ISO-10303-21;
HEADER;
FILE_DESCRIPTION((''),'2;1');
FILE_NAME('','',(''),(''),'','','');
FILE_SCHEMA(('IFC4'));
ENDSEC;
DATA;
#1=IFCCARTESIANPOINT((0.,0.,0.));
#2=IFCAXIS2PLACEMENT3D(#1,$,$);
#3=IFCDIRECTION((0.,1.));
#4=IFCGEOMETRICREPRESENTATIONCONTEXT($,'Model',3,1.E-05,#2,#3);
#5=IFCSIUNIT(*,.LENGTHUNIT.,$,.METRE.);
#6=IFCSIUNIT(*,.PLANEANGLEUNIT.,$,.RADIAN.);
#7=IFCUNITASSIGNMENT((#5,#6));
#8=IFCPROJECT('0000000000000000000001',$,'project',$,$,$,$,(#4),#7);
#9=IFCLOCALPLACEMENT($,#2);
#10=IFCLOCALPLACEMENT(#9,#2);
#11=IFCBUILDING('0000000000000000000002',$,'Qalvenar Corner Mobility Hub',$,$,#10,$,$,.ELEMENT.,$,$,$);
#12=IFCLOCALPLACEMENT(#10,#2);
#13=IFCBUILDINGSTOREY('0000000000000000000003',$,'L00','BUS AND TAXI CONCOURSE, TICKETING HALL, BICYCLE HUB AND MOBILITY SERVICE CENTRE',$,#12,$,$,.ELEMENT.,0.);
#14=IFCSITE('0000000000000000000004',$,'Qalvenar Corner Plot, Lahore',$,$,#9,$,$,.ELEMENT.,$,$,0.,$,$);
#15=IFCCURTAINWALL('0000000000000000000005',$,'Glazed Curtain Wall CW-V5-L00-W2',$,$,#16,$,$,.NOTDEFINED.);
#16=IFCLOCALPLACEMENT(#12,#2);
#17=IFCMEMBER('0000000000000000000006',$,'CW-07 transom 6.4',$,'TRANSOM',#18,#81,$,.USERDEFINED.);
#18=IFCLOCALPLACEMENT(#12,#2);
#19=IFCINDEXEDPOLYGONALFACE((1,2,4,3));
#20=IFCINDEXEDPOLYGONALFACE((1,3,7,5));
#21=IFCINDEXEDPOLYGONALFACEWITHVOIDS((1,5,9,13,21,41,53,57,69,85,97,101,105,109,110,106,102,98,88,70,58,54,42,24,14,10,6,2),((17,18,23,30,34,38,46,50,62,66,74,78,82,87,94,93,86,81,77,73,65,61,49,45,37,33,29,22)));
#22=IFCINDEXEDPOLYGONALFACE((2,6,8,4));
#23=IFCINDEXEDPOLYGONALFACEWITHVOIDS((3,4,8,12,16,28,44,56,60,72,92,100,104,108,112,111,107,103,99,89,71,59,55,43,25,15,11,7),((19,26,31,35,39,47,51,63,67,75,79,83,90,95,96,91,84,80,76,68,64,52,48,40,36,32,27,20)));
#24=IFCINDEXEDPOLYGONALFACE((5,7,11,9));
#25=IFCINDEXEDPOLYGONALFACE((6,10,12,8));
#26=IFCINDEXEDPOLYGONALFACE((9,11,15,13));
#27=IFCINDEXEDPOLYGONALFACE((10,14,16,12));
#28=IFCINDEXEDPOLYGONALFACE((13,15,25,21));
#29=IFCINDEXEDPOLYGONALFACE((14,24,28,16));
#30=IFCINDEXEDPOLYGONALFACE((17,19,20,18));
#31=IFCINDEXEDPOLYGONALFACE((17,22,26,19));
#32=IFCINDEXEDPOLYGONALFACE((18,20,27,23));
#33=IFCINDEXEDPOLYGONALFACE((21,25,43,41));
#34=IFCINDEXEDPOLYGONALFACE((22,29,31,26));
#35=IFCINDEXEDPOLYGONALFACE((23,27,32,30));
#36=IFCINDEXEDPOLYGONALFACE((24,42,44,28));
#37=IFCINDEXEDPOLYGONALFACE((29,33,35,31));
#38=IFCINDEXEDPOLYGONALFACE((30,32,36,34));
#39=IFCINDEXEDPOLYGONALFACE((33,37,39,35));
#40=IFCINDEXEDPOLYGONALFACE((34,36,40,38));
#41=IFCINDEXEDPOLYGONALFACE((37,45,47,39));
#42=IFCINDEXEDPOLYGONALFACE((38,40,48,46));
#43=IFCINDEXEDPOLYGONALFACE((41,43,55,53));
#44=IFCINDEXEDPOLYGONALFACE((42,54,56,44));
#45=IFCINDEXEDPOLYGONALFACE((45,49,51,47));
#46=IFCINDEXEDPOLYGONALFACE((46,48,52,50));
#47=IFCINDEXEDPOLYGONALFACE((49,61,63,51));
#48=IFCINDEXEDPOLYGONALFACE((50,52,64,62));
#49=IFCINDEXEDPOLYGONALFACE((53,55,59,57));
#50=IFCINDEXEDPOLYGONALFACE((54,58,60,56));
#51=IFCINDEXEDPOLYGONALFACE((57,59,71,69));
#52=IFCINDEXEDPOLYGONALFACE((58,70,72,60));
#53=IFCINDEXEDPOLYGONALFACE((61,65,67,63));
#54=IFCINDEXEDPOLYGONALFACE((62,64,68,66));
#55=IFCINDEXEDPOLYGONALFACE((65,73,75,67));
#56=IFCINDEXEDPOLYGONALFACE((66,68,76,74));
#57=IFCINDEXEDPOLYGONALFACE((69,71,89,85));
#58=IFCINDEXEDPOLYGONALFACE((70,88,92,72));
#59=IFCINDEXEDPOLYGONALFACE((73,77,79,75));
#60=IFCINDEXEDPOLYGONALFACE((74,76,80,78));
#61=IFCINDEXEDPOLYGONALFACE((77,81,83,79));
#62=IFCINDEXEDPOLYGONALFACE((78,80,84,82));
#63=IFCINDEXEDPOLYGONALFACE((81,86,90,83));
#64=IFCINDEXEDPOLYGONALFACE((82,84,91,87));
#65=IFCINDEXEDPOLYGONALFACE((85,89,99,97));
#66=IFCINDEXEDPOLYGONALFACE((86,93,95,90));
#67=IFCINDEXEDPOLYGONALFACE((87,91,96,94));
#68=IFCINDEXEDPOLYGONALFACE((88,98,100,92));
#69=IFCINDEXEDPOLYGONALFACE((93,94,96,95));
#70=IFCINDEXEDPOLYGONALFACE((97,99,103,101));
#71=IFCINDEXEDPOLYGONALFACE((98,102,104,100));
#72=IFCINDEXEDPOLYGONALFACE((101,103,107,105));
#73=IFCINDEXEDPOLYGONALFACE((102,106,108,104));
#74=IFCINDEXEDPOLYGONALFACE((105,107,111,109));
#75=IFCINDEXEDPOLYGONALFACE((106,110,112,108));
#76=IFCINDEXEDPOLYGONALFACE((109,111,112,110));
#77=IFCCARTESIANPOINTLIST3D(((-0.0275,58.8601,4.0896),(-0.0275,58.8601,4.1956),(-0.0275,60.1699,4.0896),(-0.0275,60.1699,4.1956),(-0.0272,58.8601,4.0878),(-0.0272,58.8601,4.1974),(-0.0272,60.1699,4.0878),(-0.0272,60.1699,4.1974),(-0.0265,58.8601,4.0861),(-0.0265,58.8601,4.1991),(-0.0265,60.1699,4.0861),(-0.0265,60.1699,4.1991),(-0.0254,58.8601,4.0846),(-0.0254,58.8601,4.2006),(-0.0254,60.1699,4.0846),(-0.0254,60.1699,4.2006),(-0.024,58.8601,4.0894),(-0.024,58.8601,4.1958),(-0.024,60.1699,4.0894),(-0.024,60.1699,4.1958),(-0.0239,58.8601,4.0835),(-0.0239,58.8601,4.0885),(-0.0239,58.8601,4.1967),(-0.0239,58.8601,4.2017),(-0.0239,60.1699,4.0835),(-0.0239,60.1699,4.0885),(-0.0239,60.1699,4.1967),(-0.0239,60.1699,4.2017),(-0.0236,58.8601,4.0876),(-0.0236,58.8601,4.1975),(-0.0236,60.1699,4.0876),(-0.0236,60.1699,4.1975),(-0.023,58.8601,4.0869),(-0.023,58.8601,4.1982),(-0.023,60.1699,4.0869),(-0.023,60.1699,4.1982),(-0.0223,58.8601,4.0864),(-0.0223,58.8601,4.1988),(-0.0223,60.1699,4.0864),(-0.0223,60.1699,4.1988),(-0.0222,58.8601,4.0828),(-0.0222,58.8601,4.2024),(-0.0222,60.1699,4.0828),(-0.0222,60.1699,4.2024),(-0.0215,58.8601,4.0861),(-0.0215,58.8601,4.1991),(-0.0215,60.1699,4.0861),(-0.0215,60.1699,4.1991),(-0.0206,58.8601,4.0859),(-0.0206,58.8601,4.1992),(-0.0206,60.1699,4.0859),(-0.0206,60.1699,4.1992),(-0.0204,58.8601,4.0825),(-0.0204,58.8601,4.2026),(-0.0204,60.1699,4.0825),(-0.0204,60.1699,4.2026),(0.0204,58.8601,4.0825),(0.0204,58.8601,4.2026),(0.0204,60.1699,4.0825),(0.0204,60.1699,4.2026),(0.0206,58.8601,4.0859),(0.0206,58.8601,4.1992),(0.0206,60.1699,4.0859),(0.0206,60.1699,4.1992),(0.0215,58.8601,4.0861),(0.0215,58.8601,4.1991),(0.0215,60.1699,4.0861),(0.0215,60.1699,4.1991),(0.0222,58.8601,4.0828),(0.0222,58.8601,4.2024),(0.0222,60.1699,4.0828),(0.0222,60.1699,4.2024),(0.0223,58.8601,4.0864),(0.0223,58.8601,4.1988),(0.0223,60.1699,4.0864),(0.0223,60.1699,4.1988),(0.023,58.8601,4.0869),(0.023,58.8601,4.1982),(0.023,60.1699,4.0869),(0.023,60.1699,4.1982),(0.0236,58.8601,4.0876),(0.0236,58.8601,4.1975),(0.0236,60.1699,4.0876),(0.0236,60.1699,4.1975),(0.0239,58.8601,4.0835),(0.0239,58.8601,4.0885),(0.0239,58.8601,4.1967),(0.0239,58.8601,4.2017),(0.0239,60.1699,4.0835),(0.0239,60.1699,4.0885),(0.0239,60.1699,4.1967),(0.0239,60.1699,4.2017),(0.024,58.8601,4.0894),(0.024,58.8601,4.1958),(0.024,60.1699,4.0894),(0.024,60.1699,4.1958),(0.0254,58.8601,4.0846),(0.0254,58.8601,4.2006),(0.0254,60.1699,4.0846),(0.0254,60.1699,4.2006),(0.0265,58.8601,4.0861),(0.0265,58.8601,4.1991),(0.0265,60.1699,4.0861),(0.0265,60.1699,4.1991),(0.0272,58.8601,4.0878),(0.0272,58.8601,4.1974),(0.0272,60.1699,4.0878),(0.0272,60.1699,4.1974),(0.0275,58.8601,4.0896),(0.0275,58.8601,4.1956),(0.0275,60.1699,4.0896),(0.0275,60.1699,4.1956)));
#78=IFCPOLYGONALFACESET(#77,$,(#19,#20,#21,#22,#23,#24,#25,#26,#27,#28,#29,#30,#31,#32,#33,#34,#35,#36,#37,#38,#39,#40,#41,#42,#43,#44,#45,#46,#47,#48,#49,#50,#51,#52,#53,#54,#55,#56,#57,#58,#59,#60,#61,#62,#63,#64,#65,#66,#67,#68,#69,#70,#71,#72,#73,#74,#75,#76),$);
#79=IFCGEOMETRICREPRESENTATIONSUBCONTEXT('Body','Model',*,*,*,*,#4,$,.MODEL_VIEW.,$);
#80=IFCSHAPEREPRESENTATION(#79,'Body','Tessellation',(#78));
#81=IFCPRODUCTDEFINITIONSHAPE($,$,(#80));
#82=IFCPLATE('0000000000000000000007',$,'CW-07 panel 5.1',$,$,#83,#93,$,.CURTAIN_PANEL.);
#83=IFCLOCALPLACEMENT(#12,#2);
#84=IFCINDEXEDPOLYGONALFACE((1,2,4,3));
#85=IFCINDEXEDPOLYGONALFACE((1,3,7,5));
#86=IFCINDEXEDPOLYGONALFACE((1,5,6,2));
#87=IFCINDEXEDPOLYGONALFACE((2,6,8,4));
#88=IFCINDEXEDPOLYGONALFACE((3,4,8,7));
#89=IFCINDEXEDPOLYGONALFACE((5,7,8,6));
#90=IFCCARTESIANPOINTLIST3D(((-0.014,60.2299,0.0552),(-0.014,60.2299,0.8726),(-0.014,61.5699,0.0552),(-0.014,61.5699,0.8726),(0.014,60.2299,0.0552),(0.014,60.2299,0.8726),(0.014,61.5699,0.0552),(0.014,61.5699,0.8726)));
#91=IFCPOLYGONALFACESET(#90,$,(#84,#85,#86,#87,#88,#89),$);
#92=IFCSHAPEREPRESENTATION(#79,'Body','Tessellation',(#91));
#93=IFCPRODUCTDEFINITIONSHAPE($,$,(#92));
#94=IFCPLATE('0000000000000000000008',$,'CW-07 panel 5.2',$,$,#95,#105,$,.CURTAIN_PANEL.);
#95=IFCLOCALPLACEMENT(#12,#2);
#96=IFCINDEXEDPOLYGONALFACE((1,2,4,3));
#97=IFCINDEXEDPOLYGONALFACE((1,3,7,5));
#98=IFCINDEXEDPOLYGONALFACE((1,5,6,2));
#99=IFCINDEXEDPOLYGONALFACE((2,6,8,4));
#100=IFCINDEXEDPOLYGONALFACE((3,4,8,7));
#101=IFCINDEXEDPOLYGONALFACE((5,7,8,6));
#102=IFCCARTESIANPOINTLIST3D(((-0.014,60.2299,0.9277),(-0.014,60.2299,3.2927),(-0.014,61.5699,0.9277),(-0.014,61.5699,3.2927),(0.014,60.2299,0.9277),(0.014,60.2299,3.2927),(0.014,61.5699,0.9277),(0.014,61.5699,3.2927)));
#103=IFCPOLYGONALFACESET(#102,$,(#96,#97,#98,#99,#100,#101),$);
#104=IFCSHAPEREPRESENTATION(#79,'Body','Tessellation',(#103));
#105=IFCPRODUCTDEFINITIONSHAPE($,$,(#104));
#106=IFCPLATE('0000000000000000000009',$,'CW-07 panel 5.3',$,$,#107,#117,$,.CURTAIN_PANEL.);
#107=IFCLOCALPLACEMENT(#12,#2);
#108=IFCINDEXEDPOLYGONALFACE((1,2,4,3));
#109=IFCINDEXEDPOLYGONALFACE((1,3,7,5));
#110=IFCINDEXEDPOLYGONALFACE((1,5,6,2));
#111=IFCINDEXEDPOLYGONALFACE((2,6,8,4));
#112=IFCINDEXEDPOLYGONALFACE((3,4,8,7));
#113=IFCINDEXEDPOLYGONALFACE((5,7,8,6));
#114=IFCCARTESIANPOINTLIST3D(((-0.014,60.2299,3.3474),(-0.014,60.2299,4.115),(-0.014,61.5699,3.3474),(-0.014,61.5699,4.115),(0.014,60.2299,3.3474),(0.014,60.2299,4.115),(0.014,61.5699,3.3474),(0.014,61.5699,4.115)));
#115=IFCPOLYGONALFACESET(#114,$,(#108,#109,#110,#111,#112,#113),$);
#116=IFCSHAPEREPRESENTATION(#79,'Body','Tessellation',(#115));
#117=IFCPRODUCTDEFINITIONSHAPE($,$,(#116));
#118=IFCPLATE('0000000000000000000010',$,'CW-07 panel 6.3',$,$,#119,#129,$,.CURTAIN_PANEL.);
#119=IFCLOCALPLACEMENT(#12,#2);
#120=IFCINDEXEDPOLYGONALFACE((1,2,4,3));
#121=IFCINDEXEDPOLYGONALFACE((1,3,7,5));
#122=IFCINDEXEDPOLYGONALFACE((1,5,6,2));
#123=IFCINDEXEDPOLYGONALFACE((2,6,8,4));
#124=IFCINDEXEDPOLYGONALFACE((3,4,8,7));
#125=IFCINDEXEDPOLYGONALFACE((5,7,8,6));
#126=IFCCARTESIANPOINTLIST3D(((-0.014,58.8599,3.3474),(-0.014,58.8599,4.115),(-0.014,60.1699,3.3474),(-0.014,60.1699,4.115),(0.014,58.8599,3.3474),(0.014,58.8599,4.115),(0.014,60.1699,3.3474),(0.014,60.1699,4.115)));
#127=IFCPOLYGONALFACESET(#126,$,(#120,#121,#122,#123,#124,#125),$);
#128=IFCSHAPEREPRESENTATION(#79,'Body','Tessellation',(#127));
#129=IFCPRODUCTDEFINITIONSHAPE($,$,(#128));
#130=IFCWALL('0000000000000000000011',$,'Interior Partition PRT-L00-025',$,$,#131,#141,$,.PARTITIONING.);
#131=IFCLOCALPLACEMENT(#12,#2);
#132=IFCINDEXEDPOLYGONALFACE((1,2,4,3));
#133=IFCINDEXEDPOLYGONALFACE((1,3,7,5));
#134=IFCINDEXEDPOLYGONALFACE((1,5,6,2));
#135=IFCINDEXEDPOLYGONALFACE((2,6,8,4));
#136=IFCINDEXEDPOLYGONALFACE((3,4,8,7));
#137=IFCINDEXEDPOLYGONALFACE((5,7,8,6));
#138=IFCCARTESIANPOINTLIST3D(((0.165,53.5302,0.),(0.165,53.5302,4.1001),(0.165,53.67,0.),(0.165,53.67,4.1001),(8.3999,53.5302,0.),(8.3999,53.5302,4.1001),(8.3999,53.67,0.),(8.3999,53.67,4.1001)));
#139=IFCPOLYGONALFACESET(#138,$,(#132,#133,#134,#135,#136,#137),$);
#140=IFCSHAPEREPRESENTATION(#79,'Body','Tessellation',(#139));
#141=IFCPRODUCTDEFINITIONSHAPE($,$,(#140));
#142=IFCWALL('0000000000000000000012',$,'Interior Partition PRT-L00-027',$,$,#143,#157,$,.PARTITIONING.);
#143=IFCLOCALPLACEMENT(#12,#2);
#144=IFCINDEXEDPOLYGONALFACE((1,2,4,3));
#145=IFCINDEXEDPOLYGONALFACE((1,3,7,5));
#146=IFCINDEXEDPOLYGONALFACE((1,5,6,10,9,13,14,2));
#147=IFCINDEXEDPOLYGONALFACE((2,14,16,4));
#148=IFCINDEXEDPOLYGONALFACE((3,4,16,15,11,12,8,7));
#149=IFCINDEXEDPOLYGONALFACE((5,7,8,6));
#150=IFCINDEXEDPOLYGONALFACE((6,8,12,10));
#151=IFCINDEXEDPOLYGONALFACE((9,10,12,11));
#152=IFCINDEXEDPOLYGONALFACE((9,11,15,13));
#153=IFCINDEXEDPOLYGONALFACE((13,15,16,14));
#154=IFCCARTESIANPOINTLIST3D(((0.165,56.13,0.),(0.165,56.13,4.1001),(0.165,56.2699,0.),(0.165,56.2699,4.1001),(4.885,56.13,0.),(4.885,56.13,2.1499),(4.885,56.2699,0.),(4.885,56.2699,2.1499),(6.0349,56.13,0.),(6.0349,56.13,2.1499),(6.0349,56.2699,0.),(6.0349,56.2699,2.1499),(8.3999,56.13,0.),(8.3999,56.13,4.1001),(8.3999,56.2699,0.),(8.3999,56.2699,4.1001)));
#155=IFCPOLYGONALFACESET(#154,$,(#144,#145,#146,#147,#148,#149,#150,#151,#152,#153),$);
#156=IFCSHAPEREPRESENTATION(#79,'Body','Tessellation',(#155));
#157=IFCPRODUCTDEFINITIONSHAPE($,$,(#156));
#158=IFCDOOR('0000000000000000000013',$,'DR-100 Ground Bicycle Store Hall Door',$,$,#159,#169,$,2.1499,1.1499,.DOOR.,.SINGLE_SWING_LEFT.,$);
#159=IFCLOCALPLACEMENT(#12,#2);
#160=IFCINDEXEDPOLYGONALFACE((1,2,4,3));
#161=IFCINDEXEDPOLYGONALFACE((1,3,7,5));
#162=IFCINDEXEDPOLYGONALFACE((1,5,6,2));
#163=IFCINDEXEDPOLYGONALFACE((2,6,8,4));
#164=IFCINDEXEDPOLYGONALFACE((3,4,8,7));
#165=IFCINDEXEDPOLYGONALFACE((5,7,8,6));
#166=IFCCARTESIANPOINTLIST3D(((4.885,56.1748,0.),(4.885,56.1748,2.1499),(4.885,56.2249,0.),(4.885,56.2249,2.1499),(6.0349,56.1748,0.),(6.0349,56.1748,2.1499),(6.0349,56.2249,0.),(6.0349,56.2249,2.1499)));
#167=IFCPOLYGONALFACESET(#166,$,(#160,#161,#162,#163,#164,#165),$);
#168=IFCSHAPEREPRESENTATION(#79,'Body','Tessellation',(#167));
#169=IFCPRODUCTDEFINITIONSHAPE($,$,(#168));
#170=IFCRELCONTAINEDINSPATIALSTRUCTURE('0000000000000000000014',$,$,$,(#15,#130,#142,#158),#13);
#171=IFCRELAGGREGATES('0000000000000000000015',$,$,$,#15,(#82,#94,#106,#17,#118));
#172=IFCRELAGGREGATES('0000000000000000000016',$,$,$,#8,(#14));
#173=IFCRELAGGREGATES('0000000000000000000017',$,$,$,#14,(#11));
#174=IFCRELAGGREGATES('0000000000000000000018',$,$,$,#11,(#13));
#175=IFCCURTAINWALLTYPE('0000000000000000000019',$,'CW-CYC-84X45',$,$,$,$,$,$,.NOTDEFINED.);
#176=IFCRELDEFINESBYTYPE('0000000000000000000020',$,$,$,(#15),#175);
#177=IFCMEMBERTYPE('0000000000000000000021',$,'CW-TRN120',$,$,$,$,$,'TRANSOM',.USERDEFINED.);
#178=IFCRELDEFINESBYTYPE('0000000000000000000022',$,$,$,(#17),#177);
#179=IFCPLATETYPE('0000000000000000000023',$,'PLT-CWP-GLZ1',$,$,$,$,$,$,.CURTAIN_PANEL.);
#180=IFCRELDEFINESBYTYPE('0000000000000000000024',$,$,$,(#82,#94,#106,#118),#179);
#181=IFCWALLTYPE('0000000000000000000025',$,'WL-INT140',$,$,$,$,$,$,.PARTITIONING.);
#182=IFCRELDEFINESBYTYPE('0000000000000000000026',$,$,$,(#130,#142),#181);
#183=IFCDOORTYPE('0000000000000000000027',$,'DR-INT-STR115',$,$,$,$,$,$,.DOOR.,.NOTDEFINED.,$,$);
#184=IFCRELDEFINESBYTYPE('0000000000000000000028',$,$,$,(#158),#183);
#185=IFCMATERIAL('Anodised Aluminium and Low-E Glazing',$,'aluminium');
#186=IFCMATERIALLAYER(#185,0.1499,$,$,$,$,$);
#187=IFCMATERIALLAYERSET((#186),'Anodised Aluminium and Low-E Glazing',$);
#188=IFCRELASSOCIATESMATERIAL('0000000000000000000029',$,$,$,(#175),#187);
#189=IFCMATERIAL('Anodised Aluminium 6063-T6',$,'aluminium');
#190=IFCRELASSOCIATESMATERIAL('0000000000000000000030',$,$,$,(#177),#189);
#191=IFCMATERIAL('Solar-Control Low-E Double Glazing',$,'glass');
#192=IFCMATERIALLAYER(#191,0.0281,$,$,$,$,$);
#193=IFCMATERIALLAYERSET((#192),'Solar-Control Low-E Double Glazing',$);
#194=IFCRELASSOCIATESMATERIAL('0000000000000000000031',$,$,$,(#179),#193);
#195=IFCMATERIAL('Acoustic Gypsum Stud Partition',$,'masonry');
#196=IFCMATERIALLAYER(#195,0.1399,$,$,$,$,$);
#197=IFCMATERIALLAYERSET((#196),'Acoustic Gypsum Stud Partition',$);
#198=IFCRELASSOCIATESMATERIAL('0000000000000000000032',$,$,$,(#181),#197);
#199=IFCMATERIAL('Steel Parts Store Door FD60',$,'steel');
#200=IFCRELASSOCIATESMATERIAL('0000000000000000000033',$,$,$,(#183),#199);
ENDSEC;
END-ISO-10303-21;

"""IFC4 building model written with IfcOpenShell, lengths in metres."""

from ifc_helpers import new_model, si_unit, direction, frame, frame_2d, origin, origin_2d, place, context, subcontext, project, spatial, rectangle, hollow_rectangle, extrude, material, layer, layer_set, material_profile, profile_set, type_object, element, fill, aggregate, save


model = new_model("IFC4")

# Units and contexts
model_context = context("Model", 3, precision=1e-05, world=origin(), true_north=direction((0.0, 1.0)))
body_context = subcontext(model_context, "Body", "Model", "MODEL_VIEW")
ifc_project = project(units=[si_unit("LENGTHUNIT", "METRE"), si_unit("PLANEANGLEUNIT", "RADIAN")], contexts=[model_context])

# Site, building, storey
site_placement = place(None, origin())
site = spatial("IfcSite", under=ifc_project, at=site_placement, Name="Qalvenar Corner Plot, Lahore", CompositionType="ELEMENT", RefElevation=0.0)
building_placement = place(site_placement, origin())
building = spatial("IfcBuilding", under=site, at=building_placement, Name="Qalvenar Corner Mobility Hub", CompositionType="ELEMENT")
storey_placement = place(building_placement, origin())
storey = spatial("IfcBuildingStorey", under=building, at=storey_placement, Name="L00", Description="BUS AND TAXI CONCOURSE, TICKETING HALL, BICYCLE HUB AND MOBILITY SERVICE CENTRE", CompositionType="ELEMENT", Elevation=0.0)

# Curtain wall, member, plates
ifc_material_1 = material(Name="Anodised Aluminium and Low-E Glazing", Category="aluminium")
ifc_layer_1 = layer(ifc_material_1, 0.1499)
ifc_layer_set_1 = layer_set([ifc_layer_1], Name="Anodised Aluminium and Low-E Glazing")
curtain_wall_type = type_object("IfcCurtainWallType", Name="CW-CYC-84X45", PredefinedType="NOTDEFINED", material=ifc_layer_set_1)
curtain_wall_placement = place(storey_placement, origin())
curtain_wall = element("IfcCurtainWall", 1, at=curtain_wall_placement, inside=storey, type_object=curtain_wall_type, Name="Glazed Curtain Wall CW-V5-L00-W2", PredefinedType="NOTDEFINED")
ifc_material_2 = material(Name="Anodised Aluminium 6063-T6", Category="aluminium")
ifc_material_profile_1 = material_profile(ifc_material_2, hollow_rectangle(XDim=0.0549, YDim=0.1201, WallThickness=0.0034, InnerFilletRadius=0.0034, OuterFilletRadius=0.0071, at=origin_2d()), Name="RHS120x55x3.5")
ifc_profile_set_1 = profile_set([ifc_material_profile_1], Name="Anodised Aluminium 6063-T6")
member_type_1 = type_object("IfcMemberType", Name="CW-TRN120", ElementType="TRANSOM", PredefinedType="USERDEFINED", material=ifc_profile_set_1)
member_1_placement = place(storey_placement, frame((0.0, 60.1699, 4.1426), z_axis=(0.0, -1.0, 0.0), x_axis=(1.0, 0.0, 0.0)))
member_1 = element("IfcMember", 2, at=member_1_placement, type_object=member_type_1, Name="CW-07 transom 6.4", ObjectType="TRANSOM", PredefinedType="USERDEFINED", context=body_context, shape_type="SweptSolid", body=[
    extrude(hollow_rectangle(XDim=0.0549, YDim=0.1201, WallThickness=0.0034, InnerFilletRadius=0.0034, OuterFilletRadius=0.0071, at=origin_2d()), origin(), (0.0, 0.0, 1.0), 1.3098),
])
ifc_material_3 = material(Name="Solar-Control Low-E Double Glazing", Category="glass")
ifc_layer_2 = layer(ifc_material_3, 0.0281)
ifc_layer_set_2 = layer_set([ifc_layer_2], Name="Solar-Control Low-E Double Glazing")
plate_type = type_object("IfcPlateType", Name="PLT-CWP-GLZ1", PredefinedType="CURTAIN_PANEL", material=ifc_layer_set_2)
plate_1_placement = place(storey_placement, frame((0.0, 60.8999, 0.0552), z_axis=(0.0, 0.0, 1.0), x_axis=(0.0, -1.0, 0.0)))
plate_1 = element("IfcPlate", 3, at=plate_1_placement, type_object=plate_type, Name="CW-07 panel 5.1", PredefinedType="CURTAIN_PANEL", context=body_context, shape_type="SweptSolid", body=[
    extrude(rectangle(XDim=1.3401, YDim=0.0281, at=origin_2d()), origin(), (0.0, 0.0, 1.0), 0.8174),
])
plate_2_placement = place(storey_placement, frame((0.0, 60.8999, 0.9277), z_axis=(0.0, 0.0, 1.0), x_axis=(0.0, -1.0, 0.0)))
plate_2 = element("IfcPlate", 4, at=plate_2_placement, type_object=plate_type, Name="CW-07 panel 5.2", PredefinedType="CURTAIN_PANEL", context=body_context, shape_type="SweptSolid", body=[
    extrude(rectangle(XDim=1.3401, YDim=0.0281, at=origin_2d()), origin(), (0.0, 0.0, 1.0), 2.365),
])
plate_3_placement = place(storey_placement, frame((0.0, 60.8999, 3.3474), z_axis=(0.0, 0.0, 1.0), x_axis=(0.0, -1.0, 0.0)))
plate_3 = element("IfcPlate", 5, at=plate_3_placement, type_object=plate_type, Name="CW-07 panel 5.3", PredefinedType="CURTAIN_PANEL", context=body_context, shape_type="SweptSolid", body=[
    extrude(rectangle(XDim=1.3401, YDim=0.0281, at=origin_2d()), origin(), (0.0, 0.0, 1.0), 0.7676),
])
plate_4_placement = place(storey_placement, frame((0.0, 59.5149, 3.3474), z_axis=(0.0, 0.0, 1.0), x_axis=(0.0, -1.0, 0.0)))
plate_4 = element("IfcPlate", 6, at=plate_4_placement, type_object=plate_type, Name="CW-07 panel 6.3", PredefinedType="CURTAIN_PANEL", context=body_context, shape_type="SweptSolid", body=[
    extrude(rectangle(XDim=1.3101, YDim=0.0281, at=origin_2d()), origin(), (0.0, 0.0, 1.0), 0.7676),
])
aggregate(curtain_wall, [plate_1, plate_2, plate_3, member_1, plate_4])

# Wall
ifc_material_4 = material(Name="Acoustic Gypsum Stud Partition", Category="masonry")
ifc_layer_3 = layer(ifc_material_4, 0.1399)
ifc_layer_set_3 = layer_set([ifc_layer_3], Name="Acoustic Gypsum Stud Partition")
wall_type_1 = type_object("IfcWallType", Name="WL-INT140", PredefinedType="PARTITIONING", material=ifc_layer_set_3)
wall_1_placement = place(storey_placement, frame((0.165, 53.6001, 0.0), z_axis=(0.0, 0.0, 1.0), x_axis=(1.0, 0.0, 0.0)))
element("IfcWall", 7, at=wall_1_placement, inside=storey, type_object=wall_type_1, Name="Interior Partition PRT-L00-025", PredefinedType="PARTITIONING", context=body_context, shape_type="SweptSolid", body=[
    extrude(rectangle(XDim=8.2349, YDim=0.1399, at=frame_2d((4.1174, 0.0))), origin(), (0.0, 0.0, 1.0), 4.1001),
])

# Wall, opening, door
wall_2_placement = place(storey_placement, frame((0.165, 56.2, 0.0), z_axis=(0.0, 0.0, 1.0), x_axis=(1.0, 0.0, 0.0)))
wall_2 = element("IfcWall", 8, at=wall_2_placement, inside=storey, type_object=wall_type_1, Name="Interior Partition PRT-L00-027", PredefinedType="PARTITIONING", context=body_context, shape_type="SweptSolid", body=[
    extrude(rectangle(XDim=8.2349, YDim=0.1399, at=frame_2d((4.1174, 0.0))), origin(), (0.0, 0.0, 1.0), 4.1001),
])
opening_1_placement = place(wall_2_placement, frame((4.72, 0.0, 0.0)))
opening_1 = element("IfcOpeningElement", 9, at=opening_1_placement, cuts=wall_2, PredefinedType="OPENING", context=body_context, shape_type="SweptSolid", body=[
    extrude(rectangle(XDim=1.1499, YDim=2.1499, at=frame_2d((0.575, 1.075))), frame((0.0, 0.0801, 0.0), z_axis=(0.0, -1.0, 0.0), x_axis=(1.0, 0.0, 0.0)), (0.0, 0.0, 1.0), 0.1599),
])
ifc_material_5 = material(Name="Steel Parts Store Door FD60", Category="steel")
door_type_1 = type_object("IfcDoorType", Name="DR-INT-STR115", OperationType="NOTDEFINED", PredefinedType="DOOR", material=ifc_material_5)
door_1_placement = place(opening_1_placement, origin())
door_1 = element("IfcDoor", 10, at=door_1_placement, inside=storey, type_object=door_type_1, Name="DR-100 Ground Bicycle Store Hall Door", OperationType="SINGLE_SWING_LEFT", OverallHeight=2.1499, OverallWidth=1.1499, PredefinedType="DOOR", context=body_context, shape_type="SweptSolid", body=[
    extrude(rectangle(XDim=1.1499, YDim=2.1499, at=frame_2d((0.575, 1.075))), frame((0.0, 0.0249, 0.0), z_axis=(0.0, -1.0, 0.0), x_axis=(1.0, 0.0, 0.0)), (0.0, 0.0, 1.0), 0.05),
])
fill(opening_1, door_1)

save(model, "model.ifc")
